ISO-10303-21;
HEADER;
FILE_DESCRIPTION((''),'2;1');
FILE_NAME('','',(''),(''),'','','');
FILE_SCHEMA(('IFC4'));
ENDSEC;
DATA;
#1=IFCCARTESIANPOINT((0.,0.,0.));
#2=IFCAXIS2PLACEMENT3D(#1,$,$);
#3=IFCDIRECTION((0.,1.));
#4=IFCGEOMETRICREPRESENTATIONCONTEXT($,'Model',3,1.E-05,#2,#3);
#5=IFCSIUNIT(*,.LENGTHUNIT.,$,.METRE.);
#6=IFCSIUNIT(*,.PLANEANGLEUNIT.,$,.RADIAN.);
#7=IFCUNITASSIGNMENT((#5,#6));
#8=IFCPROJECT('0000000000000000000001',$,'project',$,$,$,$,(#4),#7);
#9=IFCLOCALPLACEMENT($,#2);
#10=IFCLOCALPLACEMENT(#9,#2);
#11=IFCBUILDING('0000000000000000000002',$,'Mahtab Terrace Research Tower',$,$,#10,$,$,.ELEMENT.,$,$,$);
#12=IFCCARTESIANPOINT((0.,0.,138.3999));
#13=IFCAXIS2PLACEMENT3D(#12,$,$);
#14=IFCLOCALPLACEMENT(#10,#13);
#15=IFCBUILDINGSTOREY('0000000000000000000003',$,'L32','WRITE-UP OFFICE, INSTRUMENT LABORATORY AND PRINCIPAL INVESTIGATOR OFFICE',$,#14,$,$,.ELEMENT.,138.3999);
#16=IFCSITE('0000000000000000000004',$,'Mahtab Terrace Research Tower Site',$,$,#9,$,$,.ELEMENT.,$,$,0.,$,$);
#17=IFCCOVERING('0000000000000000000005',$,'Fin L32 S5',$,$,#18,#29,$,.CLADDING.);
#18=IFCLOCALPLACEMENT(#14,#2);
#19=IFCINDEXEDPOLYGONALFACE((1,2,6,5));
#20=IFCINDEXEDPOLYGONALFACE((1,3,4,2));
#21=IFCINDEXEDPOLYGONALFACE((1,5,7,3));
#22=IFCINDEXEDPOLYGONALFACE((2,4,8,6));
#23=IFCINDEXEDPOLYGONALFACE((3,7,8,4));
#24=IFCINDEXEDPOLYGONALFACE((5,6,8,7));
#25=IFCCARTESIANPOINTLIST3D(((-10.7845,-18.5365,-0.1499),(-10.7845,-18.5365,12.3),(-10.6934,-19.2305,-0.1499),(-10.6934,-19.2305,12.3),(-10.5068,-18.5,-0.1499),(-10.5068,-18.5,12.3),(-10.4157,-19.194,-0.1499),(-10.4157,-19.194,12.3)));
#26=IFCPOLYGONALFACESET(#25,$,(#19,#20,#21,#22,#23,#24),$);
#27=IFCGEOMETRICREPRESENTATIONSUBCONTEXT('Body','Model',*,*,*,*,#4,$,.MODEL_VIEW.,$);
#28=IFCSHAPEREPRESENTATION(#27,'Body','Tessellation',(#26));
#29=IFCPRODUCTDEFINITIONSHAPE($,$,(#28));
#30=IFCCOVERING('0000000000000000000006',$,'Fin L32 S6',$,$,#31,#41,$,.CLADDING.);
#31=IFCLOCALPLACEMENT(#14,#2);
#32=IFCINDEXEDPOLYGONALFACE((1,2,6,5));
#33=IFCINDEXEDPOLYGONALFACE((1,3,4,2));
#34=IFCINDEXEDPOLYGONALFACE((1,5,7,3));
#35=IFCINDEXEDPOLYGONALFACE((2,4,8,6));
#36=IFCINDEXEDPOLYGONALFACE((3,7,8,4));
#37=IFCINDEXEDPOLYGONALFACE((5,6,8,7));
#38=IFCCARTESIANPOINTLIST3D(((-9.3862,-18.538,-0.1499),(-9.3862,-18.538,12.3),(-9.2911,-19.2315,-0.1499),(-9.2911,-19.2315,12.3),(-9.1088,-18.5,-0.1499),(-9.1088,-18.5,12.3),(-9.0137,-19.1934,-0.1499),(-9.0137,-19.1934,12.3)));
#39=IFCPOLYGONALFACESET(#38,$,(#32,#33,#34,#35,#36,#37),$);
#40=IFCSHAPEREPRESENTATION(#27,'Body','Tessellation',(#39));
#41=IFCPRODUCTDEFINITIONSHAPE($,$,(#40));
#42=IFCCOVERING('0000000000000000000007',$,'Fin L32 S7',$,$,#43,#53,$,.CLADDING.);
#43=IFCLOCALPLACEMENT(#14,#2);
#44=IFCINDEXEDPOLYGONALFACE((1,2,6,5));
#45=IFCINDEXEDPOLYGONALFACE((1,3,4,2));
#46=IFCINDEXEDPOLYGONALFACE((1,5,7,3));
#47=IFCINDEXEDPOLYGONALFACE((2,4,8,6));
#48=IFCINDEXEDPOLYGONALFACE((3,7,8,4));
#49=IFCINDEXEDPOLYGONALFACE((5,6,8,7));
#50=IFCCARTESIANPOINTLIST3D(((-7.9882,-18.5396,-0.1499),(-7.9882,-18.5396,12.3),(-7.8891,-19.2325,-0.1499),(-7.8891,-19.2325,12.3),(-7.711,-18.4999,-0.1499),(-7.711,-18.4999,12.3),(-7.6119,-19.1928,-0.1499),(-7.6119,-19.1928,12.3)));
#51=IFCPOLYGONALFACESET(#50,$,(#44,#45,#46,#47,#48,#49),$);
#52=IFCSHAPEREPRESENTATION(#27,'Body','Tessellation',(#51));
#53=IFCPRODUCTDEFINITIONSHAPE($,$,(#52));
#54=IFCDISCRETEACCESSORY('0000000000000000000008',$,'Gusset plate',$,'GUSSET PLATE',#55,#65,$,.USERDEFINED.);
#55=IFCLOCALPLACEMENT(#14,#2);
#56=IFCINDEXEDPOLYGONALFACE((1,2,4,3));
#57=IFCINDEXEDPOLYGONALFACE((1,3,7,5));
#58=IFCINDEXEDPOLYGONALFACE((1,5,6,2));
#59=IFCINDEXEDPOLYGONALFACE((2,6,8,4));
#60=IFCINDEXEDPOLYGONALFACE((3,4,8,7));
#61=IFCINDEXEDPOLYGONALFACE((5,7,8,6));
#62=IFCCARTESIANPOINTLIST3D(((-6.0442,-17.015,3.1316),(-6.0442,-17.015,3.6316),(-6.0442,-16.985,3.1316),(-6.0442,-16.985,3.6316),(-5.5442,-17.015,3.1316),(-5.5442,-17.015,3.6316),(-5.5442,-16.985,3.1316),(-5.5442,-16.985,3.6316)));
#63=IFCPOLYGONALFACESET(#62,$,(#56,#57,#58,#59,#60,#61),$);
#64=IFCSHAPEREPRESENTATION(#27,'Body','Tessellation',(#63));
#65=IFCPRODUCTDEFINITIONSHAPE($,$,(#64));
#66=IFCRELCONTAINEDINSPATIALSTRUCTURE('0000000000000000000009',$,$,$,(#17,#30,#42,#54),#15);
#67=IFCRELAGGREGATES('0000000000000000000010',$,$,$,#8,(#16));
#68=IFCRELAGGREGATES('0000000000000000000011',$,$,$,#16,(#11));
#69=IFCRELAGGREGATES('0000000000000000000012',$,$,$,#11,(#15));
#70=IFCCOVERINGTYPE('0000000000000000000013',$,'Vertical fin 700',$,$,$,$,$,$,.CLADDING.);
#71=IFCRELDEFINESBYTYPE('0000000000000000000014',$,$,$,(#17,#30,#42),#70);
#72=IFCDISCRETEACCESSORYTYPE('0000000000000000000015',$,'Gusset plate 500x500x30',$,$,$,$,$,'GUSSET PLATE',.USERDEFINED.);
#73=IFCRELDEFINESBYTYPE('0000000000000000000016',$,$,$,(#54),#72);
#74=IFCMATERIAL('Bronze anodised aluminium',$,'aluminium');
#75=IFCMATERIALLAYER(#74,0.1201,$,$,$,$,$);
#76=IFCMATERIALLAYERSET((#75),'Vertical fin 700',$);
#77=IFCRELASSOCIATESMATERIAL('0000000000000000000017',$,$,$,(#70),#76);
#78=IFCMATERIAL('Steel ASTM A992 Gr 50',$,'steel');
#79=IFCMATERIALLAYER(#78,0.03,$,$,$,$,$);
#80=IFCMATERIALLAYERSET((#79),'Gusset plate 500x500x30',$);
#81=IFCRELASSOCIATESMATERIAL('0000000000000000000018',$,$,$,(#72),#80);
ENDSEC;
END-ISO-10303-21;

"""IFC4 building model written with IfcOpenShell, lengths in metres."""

from ifc_helpers import new_model, si_unit, direction, frame, origin, origin_2d, place, context, subcontext, project, spatial, rectangle, extrude, material, layer, layer_set, type_object, element, save


model = new_model("IFC4")

# Units and contexts
model_context = context("Model", 3, precision=1e-05, world=origin(), true_north=direction((0.0, 1.0)))
body_context = subcontext(model_context, "Body", "Model", "MODEL_VIEW")
ifc_project = project(units=[si_unit("LENGTHUNIT", "METRE"), si_unit("PLANEANGLEUNIT", "RADIAN")], contexts=[model_context])

# Site, building, storey
site_placement = place(None, origin())
site = spatial("IfcSite", under=ifc_project, at=site_placement, Name="Mahtab Terrace Research Tower Site", CompositionType="ELEMENT", RefElevation=0.0)
building_placement = place(site_placement, origin())
building = spatial("IfcBuilding", under=site, at=building_placement, Name="Mahtab Terrace Research Tower", CompositionType="ELEMENT")
storey_placement = place(building_placement, frame((0.0, 0.0, 138.3999)))
storey = spatial("IfcBuildingStorey", under=building, at=storey_placement, Name="L32", Description="WRITE-UP OFFICE, INSTRUMENT LABORATORY AND PRINCIPAL INVESTIGATOR OFFICE", CompositionType="ELEMENT", Elevation=138.3999)

# Shared definitions
ifc_material_1 = material(Name="Steel ASTM A992 Gr 50", Category="steel")

# Coverings
ifc_material_2 = material(Name="Bronze anodised aluminium", Category="aluminium")
ifc_layer_1 = layer(ifc_material_2, 0.1201)
ifc_layer_set_1 = layer_set([ifc_layer_1], Name="Vertical fin 700")
covering_type = type_object("IfcCoveringType", Name="Vertical fin 700", PredefinedType="CLADDING", material=ifc_layer_set_1)
for number, where, z_axis, x_axis, name in (
    (1, (-10.6001, -18.8652, -0.1499), (0.0, 0.0, 1.0), (0.991499, 0.130114, 0.0), "Fin L32 S5"),
    (2, (-9.2, -18.8657, -0.1499), (0.0, 0.0, 1.0), (0.990725, 0.13588, 0.0), "Fin L32 S6"),
    (3, (-7.8, -18.8662, -0.1499), (0.0, 0.0, 1.0), (0.989918, 0.141642, 0.0), "Fin L32 S7"),
):
    element("IfcCovering", number, at=place(storey_placement, frame(where, z_axis=z_axis, x_axis=x_axis)), inside=storey, type_object=covering_type, Name=name, PredefinedType="CLADDING", context=body_context, shape_type="SweptSolid", body=[
        extrude(rectangle(XDim=0.28, YDim=0.7, at=origin_2d()), origin(), (0.0, 0.0, 1.0), 12.45),
    ])

# Discrete accessory
ifc_layer_2 = layer(ifc_material_1, 0.03)
ifc_layer_set_2 = layer_set([ifc_layer_2], Name="Gusset plate 500x500x30")
discrete_accessory_type = type_object("IfcDiscreteAccessoryType", Name="Gusset plate 500x500x30", ElementType="GUSSET PLATE", PredefinedType="USERDEFINED", material=ifc_layer_set_2)
discrete_accessory_placement = place(storey_placement, frame((-5.7942, -17.0, 3.1316), z_axis=(0.0, 0.0, 1.0), x_axis=(1.0, 0.0, 0.0)))
element("IfcDiscreteAccessory", 4, at=discrete_accessory_placement, inside=storey, type_object=discrete_accessory_type, Name="Gusset plate", ObjectType="GUSSET PLATE", PredefinedType="USERDEFINED", context=body_context, shape_type="SweptSolid", body=[
    extrude(rectangle(XDim=0.5, YDim=0.03, at=origin_2d()), origin(), (0.0, 0.0, 1.0), 0.5),
])

save(model, "model.ifc")
